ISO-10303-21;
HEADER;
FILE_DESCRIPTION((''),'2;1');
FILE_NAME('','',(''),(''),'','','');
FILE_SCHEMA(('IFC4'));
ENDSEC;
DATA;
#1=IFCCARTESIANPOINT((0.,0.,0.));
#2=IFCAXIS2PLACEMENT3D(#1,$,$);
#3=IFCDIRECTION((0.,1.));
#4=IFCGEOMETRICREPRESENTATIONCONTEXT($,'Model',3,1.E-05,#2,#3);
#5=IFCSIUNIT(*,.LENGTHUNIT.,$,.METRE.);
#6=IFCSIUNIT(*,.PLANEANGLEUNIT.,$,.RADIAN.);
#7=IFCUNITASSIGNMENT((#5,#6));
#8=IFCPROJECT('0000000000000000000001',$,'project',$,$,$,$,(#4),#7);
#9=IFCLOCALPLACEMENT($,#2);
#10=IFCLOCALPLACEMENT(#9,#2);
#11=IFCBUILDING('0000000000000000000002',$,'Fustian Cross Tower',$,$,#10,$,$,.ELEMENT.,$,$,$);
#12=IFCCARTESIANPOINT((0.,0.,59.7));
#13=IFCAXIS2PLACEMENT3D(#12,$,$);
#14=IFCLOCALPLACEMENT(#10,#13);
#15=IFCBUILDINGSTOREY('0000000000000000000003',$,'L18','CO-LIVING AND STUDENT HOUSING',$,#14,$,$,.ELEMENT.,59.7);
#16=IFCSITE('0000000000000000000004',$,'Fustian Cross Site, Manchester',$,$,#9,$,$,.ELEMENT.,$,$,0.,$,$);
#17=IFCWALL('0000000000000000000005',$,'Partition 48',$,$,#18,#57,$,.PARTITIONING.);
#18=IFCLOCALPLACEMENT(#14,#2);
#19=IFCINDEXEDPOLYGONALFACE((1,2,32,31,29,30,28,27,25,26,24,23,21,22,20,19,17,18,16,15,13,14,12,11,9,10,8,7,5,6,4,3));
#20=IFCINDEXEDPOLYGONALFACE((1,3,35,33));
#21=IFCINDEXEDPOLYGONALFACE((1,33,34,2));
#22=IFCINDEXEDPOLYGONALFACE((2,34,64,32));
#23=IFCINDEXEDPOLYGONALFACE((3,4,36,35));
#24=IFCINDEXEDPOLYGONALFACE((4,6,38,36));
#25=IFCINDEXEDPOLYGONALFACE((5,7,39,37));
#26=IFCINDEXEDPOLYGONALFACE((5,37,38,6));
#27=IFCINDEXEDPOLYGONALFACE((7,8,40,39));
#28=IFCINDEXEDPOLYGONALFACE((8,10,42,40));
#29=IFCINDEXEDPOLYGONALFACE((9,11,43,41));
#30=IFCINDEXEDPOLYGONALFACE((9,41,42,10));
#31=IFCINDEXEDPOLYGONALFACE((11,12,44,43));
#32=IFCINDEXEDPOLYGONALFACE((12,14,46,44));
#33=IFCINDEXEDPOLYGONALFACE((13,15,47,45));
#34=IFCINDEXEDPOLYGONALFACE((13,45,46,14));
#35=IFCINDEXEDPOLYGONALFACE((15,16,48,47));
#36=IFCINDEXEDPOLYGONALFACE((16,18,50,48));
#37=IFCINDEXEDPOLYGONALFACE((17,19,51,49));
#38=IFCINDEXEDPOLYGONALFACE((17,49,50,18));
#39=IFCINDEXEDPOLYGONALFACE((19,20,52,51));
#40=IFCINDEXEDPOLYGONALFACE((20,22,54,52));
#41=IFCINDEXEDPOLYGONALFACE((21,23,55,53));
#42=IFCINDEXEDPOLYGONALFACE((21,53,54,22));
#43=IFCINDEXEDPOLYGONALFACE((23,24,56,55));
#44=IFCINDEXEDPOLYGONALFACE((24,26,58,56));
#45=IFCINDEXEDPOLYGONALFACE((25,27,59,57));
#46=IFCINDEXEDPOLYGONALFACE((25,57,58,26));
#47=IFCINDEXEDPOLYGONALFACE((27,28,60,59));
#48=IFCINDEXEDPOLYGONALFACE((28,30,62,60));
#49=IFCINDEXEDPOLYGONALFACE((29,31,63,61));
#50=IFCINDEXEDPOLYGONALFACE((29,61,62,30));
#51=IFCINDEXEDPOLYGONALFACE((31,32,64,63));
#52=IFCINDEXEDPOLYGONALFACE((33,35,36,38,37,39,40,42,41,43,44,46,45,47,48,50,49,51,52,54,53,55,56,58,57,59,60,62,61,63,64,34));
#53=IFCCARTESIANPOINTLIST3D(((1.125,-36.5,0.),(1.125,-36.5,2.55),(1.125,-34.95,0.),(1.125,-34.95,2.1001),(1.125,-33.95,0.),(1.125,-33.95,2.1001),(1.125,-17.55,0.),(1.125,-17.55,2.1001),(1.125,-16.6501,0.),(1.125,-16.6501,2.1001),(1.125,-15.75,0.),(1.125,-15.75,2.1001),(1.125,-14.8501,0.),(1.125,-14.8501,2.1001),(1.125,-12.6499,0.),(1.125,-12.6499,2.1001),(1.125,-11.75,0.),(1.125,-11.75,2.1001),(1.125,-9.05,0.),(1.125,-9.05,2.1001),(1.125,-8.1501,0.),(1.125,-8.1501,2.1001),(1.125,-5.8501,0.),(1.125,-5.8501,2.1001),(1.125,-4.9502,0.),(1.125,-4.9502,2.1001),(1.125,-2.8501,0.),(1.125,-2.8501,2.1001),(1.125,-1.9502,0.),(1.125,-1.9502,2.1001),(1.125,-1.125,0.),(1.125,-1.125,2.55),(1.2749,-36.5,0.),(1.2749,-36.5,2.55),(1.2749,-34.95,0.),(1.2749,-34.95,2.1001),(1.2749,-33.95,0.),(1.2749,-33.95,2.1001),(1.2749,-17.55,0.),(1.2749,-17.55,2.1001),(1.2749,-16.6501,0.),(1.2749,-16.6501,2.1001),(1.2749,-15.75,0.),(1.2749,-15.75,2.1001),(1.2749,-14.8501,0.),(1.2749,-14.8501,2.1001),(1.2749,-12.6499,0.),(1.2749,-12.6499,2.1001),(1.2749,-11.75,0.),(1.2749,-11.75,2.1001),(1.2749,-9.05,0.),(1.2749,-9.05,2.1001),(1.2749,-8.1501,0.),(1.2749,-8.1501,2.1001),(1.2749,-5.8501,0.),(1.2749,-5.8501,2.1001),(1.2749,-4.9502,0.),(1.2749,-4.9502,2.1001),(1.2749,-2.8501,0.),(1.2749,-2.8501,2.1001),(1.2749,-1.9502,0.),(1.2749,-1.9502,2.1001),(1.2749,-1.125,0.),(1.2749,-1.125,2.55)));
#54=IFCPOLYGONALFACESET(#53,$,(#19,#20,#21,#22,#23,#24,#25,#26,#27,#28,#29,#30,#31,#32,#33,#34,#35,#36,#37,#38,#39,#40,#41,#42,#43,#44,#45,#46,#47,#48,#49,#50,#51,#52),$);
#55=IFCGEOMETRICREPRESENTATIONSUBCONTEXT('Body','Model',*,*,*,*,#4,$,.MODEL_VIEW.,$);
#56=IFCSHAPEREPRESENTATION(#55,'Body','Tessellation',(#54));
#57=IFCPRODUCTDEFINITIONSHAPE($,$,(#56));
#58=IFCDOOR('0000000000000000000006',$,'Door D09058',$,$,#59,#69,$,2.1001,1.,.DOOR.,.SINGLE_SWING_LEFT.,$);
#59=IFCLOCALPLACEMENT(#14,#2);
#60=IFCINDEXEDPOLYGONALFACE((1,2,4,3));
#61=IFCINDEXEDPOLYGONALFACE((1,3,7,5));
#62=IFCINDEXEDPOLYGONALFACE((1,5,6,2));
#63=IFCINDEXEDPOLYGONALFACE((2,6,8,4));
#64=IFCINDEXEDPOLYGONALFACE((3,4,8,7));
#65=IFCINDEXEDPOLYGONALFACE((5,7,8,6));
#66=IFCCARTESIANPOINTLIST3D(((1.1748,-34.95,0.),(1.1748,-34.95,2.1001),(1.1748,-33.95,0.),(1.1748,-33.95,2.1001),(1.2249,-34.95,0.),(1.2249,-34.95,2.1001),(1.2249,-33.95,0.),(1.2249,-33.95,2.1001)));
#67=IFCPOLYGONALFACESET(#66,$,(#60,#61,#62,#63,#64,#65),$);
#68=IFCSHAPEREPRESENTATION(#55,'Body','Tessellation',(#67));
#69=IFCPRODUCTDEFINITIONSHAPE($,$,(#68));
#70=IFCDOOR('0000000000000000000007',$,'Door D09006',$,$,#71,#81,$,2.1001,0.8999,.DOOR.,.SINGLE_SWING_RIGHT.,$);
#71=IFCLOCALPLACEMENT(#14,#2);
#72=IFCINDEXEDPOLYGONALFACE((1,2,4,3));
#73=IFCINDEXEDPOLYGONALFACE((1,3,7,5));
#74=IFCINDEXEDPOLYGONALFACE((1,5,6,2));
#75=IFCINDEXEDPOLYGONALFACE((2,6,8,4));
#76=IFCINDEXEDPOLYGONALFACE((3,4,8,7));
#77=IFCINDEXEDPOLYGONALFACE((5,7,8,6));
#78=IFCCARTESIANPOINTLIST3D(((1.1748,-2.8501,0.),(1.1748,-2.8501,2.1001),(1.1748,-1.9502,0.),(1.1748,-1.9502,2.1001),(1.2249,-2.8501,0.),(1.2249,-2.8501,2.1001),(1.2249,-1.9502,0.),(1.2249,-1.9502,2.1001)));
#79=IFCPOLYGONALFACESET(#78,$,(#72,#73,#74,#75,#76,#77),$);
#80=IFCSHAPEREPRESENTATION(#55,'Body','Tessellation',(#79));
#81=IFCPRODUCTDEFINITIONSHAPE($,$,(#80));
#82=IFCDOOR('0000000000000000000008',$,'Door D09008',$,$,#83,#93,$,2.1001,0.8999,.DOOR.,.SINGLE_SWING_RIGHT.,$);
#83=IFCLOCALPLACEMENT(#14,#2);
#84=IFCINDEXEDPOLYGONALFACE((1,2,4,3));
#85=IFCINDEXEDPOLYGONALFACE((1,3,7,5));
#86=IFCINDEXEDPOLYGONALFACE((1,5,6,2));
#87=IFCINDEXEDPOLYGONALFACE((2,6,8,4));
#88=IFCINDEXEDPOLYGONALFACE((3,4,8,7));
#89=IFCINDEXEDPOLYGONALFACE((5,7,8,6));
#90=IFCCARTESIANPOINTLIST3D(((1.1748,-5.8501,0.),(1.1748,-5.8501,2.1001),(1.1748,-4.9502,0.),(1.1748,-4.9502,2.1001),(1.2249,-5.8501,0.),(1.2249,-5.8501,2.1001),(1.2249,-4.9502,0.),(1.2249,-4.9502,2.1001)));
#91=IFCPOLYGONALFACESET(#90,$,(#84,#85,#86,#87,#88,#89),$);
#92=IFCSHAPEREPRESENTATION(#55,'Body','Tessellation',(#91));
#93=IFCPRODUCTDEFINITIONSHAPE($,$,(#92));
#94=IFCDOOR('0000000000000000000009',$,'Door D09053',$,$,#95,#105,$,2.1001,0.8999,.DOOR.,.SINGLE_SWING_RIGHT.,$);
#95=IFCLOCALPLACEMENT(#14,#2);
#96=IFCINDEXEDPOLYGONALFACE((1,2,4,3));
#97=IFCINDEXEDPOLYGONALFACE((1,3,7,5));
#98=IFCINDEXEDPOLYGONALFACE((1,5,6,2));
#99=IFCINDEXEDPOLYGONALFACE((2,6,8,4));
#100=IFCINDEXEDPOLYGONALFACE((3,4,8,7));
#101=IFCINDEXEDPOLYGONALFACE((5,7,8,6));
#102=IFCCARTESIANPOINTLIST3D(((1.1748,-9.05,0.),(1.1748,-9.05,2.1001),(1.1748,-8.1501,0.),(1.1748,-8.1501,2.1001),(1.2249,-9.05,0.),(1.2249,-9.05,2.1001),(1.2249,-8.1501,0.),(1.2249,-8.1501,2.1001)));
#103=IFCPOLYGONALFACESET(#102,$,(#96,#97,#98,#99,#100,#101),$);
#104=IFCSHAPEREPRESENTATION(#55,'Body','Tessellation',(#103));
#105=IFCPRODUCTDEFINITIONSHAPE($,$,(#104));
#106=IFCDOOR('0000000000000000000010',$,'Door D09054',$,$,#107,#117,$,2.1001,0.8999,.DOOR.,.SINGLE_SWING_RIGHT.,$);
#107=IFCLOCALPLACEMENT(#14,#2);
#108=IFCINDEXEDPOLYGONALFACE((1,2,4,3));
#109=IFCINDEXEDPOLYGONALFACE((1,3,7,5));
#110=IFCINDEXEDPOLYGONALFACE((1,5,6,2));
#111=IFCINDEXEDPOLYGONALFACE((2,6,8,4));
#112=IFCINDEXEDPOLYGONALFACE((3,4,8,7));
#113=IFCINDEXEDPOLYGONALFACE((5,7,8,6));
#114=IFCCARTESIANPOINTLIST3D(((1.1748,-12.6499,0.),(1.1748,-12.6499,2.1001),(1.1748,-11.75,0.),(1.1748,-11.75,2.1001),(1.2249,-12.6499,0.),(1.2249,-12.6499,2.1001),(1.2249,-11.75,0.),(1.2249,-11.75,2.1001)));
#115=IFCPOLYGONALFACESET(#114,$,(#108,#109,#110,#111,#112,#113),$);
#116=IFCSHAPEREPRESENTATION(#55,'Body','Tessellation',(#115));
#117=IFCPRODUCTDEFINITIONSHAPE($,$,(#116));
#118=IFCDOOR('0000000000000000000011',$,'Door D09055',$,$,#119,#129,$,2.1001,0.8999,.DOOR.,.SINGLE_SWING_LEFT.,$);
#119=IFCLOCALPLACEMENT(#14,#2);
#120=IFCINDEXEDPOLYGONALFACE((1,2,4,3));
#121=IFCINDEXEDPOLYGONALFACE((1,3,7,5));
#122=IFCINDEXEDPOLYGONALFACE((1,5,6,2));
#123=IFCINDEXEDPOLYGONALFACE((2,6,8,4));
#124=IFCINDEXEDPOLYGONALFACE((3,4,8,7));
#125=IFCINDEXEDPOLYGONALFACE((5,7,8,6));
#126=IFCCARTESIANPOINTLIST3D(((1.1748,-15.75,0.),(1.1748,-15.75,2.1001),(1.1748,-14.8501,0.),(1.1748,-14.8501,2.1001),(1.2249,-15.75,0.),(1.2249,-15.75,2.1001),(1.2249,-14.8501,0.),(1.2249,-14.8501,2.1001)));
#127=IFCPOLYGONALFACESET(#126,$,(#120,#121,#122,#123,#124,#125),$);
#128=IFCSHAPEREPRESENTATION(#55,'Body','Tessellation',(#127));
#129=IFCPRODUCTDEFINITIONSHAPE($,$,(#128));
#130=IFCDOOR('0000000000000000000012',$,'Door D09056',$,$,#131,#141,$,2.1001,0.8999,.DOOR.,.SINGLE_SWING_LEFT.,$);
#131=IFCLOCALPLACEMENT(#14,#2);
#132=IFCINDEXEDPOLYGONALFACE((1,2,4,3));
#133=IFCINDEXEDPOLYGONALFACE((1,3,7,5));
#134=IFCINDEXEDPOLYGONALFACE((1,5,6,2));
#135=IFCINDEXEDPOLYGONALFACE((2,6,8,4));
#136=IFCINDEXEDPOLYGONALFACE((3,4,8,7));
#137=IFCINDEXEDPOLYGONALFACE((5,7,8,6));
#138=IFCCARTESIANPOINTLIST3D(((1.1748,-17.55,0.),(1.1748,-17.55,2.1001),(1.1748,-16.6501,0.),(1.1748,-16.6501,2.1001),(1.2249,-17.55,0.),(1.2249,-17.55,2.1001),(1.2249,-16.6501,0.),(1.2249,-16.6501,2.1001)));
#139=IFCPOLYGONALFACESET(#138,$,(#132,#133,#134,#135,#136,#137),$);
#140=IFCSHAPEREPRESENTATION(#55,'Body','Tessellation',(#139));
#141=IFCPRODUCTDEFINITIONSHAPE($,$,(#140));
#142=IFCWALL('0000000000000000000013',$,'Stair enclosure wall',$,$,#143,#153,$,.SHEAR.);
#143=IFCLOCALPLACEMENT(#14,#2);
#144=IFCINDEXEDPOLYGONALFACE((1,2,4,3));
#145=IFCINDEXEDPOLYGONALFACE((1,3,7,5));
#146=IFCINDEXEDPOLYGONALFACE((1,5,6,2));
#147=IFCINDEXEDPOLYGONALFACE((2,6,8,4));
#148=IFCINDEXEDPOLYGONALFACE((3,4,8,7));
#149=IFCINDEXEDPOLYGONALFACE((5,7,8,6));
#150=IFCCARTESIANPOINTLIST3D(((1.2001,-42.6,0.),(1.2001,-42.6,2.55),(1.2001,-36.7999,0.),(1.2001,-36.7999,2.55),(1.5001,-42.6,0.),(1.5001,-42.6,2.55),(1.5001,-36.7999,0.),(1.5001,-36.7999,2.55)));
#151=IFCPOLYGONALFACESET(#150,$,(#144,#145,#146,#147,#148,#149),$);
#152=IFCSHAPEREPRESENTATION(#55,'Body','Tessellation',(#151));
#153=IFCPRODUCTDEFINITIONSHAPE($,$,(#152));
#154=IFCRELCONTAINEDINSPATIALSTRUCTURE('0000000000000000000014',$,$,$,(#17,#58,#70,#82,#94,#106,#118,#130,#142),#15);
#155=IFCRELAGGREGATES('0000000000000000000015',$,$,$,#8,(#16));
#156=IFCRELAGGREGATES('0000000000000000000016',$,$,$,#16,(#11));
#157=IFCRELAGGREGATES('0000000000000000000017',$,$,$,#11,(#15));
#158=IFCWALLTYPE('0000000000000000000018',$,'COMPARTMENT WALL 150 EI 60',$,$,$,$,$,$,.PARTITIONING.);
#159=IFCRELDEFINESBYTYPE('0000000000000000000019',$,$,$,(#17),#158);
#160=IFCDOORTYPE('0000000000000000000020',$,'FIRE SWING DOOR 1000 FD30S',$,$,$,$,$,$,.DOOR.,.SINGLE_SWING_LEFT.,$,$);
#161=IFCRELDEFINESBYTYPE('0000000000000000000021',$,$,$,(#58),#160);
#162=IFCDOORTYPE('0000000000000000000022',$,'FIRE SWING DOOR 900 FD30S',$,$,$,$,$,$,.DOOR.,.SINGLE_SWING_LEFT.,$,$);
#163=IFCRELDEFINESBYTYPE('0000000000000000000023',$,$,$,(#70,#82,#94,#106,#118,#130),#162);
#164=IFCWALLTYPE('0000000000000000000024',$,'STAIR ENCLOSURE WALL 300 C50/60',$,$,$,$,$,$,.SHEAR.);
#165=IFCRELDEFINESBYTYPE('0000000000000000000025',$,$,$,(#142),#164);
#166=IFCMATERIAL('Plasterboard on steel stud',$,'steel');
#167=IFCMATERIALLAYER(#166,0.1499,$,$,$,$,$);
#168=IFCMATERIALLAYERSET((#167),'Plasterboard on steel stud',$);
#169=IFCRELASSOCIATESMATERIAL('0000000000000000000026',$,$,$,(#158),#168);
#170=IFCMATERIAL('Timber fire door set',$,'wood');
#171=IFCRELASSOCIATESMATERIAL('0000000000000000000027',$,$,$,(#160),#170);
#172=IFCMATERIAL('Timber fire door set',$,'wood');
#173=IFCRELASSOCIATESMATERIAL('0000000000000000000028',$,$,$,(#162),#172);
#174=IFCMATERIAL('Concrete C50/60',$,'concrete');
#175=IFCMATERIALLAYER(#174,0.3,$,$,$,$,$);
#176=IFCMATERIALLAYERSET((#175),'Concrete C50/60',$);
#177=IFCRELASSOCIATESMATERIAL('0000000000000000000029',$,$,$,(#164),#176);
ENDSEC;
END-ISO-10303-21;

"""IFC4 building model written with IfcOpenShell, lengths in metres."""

from ifc_helpers import new_model, si_unit, direction, frame, frame_2d, origin, place, context, subcontext, project, spatial, rectangle, extrude, material, layer, layer_set, type_object, element, fill, save


model = new_model("IFC4")

# Units and contexts
model_context = context("Model", 3, precision=1e-05, world=origin(), true_north=direction((0.0, 1.0)))
body_context = subcontext(model_context, "Body", "Model", "MODEL_VIEW")
ifc_project = project(units=[si_unit("LENGTHUNIT", "METRE"), si_unit("PLANEANGLEUNIT", "RADIAN")], contexts=[model_context])

# Site, building, storey
site_placement = place(None, origin())
site = spatial("IfcSite", under=ifc_project, at=site_placement, Name="Fustian Cross Site, Manchester", CompositionType="ELEMENT", RefElevation=0.0)
building_placement = place(site_placement, origin())
building = spatial("IfcBuilding", under=site, at=building_placement, Name="Fustian Cross Tower", CompositionType="ELEMENT")
storey_placement = place(building_placement, frame((0.0, 0.0, 59.7)))
storey = spatial("IfcBuildingStorey", under=building, at=storey_placement, Name="L18", Description="CO-LIVING AND STUDENT HOUSING", CompositionType="ELEMENT", Elevation=59.7)

# Wall, openings, doors
ifc_material_1 = material(Name="Plasterboard on steel stud", Category="steel")
ifc_layer_1 = layer(ifc_material_1, 0.1499)
ifc_layer_set_1 = layer_set([ifc_layer_1], Name="Plasterboard on steel stud")
wall_type_1 = type_object("IfcWallType", Name="COMPARTMENT WALL 150 EI 60", PredefinedType="PARTITIONING", material=ifc_layer_set_1)
wall_1_placement = place(storey_placement, frame((1.2, -36.5, 0.0), z_axis=(0.0, 0.0, 1.0), x_axis=(0.0, 1.0, 0.0)))
wall_1 = element("IfcWall", 1, at=wall_1_placement, inside=storey, type_object=wall_type_1, Name="Partition 48", PredefinedType="PARTITIONING", context=body_context, shape_type="SweptSolid", body=[
    extrude(rectangle(XDim=35.375, YDim=0.1499, at=frame_2d((17.6875, 0.0))), origin(), (0.0, 0.0, 1.0), 2.55),
])
opening_1_placement = place(wall_1_placement, frame((33.6499, 0.0, 0.0)))
opening_1 = element("IfcOpeningElement", 2, at=opening_1_placement, cuts=wall_1, PredefinedType="OPENING", context=body_context, shape_type="SweptSolid", body=[
    extrude(rectangle(XDim=0.8999, YDim=2.1001, at=frame_2d((0.45, 1.05))), frame((0.0, 0.085, 0.0), z_axis=(0.0, -1.0, 0.0), x_axis=(1.0, 0.0, 0.0)), (0.0, 0.0, 1.0), 0.1699),
])
opening_2_placement = place(wall_1_placement, frame((30.6499, 0.0, 0.0)))
opening_2 = element("IfcOpeningElement", 3, at=opening_2_placement, cuts=wall_1, PredefinedType="OPENING", context=body_context, shape_type="SweptSolid", body=[
    extrude(rectangle(XDim=0.8999, YDim=2.1001, at=frame_2d((0.45, 1.05))), frame((0.0, 0.085, 0.0), z_axis=(0.0, -1.0, 0.0), x_axis=(1.0, 0.0, 0.0)), (0.0, 0.0, 1.0), 0.1699),
])
opening_3_placement = place(wall_1_placement, frame((27.45, 0.0, 0.0)))
opening_3 = element("IfcOpeningElement", 4, at=opening_3_placement, cuts=wall_1, PredefinedType="OPENING", context=body_context, shape_type="SweptSolid", body=[
    extrude(rectangle(XDim=0.8999, YDim=2.1001, at=frame_2d((0.45, 1.05))), frame((0.0, 0.085, 0.0), z_axis=(0.0, -1.0, 0.0), x_axis=(1.0, 0.0, 0.0)), (0.0, 0.0, 1.0), 0.1699),
])
opening_4_placement = place(wall_1_placement, frame((23.8501, 0.0, 0.0)))
opening_4 = element("IfcOpeningElement", 5, at=opening_4_placement, cuts=wall_1, PredefinedType="OPENING", context=body_context, shape_type="SweptSolid", body=[
    extrude(rectangle(XDim=0.8999, YDim=2.1001, at=frame_2d((0.45, 1.05))), frame((0.0, 0.085, 0.0), z_axis=(0.0, -1.0, 0.0), x_axis=(1.0, 0.0, 0.0)), (0.0, 0.0, 1.0), 0.1699),
])
opening_5_placement = place(wall_1_placement, frame((20.75, 0.0, 0.0)))
opening_5 = element("IfcOpeningElement", 6, at=opening_5_placement, cuts=wall_1, PredefinedType="OPENING", context=body_context, shape_type="SweptSolid", body=[
    extrude(rectangle(XDim=0.8999, YDim=2.1001, at=frame_2d((0.45, 1.05))), frame((0.0, 0.085, 0.0), z_axis=(0.0, -1.0, 0.0), x_axis=(1.0, 0.0, 0.0)), (0.0, 0.0, 1.0), 0.1699),
])
opening_6_placement = place(wall_1_placement, frame((18.95, 0.0, 0.0)))
opening_6 = element("IfcOpeningElement", 7, at=opening_6_placement, cuts=wall_1, PredefinedType="OPENING", context=body_context, shape_type="SweptSolid", body=[
    extrude(rectangle(XDim=0.8999, YDim=2.1001, at=frame_2d((0.45, 1.05))), frame((0.0, 0.085, 0.0), z_axis=(0.0, -1.0, 0.0), x_axis=(1.0, 0.0, 0.0)), (0.0, 0.0, 1.0), 0.1699),
])
opening_7_placement = place(wall_1_placement, frame((1.55, 0.0, 0.0)))
opening_7 = element("IfcOpeningElement", 8, at=opening_7_placement, cuts=wall_1, PredefinedType="OPENING", context=body_context, shape_type="SweptSolid", body=[
    extrude(rectangle(XDim=1.0, YDim=2.1001, at=frame_2d((0.5, 1.05))), frame((0.0, 0.085, 0.0), z_axis=(0.0, -1.0, 0.0), x_axis=(1.0, 0.0, 0.0)), (0.0, 0.0, 1.0), 0.1699),
])
ifc_material_2 = material(Name="Timber fire door set", Category="wood")
door_type_1 = type_object("IfcDoorType", Name="FIRE SWING DOOR 1000 FD30S", OperationType="SINGLE_SWING_LEFT", PredefinedType="DOOR", material=ifc_material_2)
door_1_placement = place(opening_7_placement, frame((1.0, 0.0, 0.0), z_axis=(0.0, 0.0, 1.0), x_axis=(-1.0, 0.0, 0.0)))
door_1 = element("IfcDoor", 9, at=door_1_placement, inside=storey, type_object=door_type_1, Name="Door D09058", OperationType="SINGLE_SWING_LEFT", OverallHeight=2.1001, OverallWidth=1.0, PredefinedType="DOOR", context=body_context, shape_type="SweptSolid", body=[
    extrude(rectangle(XDim=1.0, YDim=2.1001, at=frame_2d((0.5, 1.05))), frame((0.0, 0.0249, 0.0), z_axis=(0.0, -1.0, 0.0), x_axis=(1.0, 0.0, 0.0)), (0.0, 0.0, 1.0), 0.05),
])
fill(opening_7, door_1)
ifc_material_3 = material(Name="Timber fire door set", Category="wood")
door_type_2 = type_object("IfcDoorType", Name="FIRE SWING DOOR 900 FD30S", OperationType="SINGLE_SWING_LEFT", PredefinedType="DOOR", material=ifc_material_3)
door_2_placement = place(opening_1_placement, frame((0.8999, 0.0, 0.0), z_axis=(0.0, 0.0, 1.0), x_axis=(-1.0, 0.0, 0.0)))
door_2 = element("IfcDoor", 10, at=door_2_placement, inside=storey, type_object=door_type_2, Name="Door D09006", OperationType="SINGLE_SWING_RIGHT", OverallHeight=2.1001, OverallWidth=0.8999, PredefinedType="DOOR", context=body_context, shape_type="SweptSolid", body=[
    extrude(rectangle(XDim=0.8999, YDim=2.1001, at=frame_2d((0.45, 1.05))), frame((0.0, 0.0249, 0.0), z_axis=(0.0, -1.0, 0.0), x_axis=(1.0, 0.0, 0.0)), (0.0, 0.0, 1.0), 0.05),
])
fill(opening_1, door_2)
door_3_placement = place(opening_2_placement, frame((0.8999, 0.0, 0.0), z_axis=(0.0, 0.0, 1.0), x_axis=(-1.0, 0.0, 0.0)))
door_3 = element("IfcDoor", 11, at=door_3_placement, inside=storey, type_object=door_type_2, Name="Door D09008", OperationType="SINGLE_SWING_RIGHT", OverallHeight=2.1001, OverallWidth=0.8999, PredefinedType="DOOR", context=body_context, shape_type="SweptSolid", body=[
    extrude(rectangle(XDim=0.8999, YDim=2.1001, at=frame_2d((0.45, 1.05))), frame((0.0, 0.0249, 0.0), z_axis=(0.0, -1.0, 0.0), x_axis=(1.0, 0.0, 0.0)), (0.0, 0.0, 1.0), 0.05),
])
fill(opening_2, door_3)
door_4_placement = place(opening_3_placement, frame((0.8999, 0.0, 0.0), z_axis=(0.0, 0.0, 1.0), x_axis=(-1.0, 0.0, 0.0)))
door_4 = element("IfcDoor", 12, at=door_4_placement, inside=storey, type_object=door_type_2, Name="Door D09053", OperationType="SINGLE_SWING_RIGHT", OverallHeight=2.1001, OverallWidth=0.8999, PredefinedType="DOOR", context=body_context, shape_type="SweptSolid", body=[
    extrude(rectangle(XDim=0.8999, YDim=2.1001, at=frame_2d((0.45, 1.05))), frame((0.0, 0.0249, 0.0), z_axis=(0.0, -1.0, 0.0), x_axis=(1.0, 0.0, 0.0)), (0.0, 0.0, 1.0), 0.05),
])
fill(opening_3, door_4)
door_5_placement = place(opening_4_placement, frame((0.8999, 0.0, 0.0), z_axis=(0.0, 0.0, 1.0), x_axis=(-1.0, 0.0, 0.0)))
door_5 = element("IfcDoor", 13, at=door_5_placement, inside=storey, type_object=door_type_2, Name="Door D09054", OperationType="SINGLE_SWING_RIGHT", OverallHeight=2.1001, OverallWidth=0.8999, PredefinedType="DOOR", context=body_context, shape_type="SweptSolid", body=[
    extrude(rectangle(XDim=0.8999, YDim=2.1001, at=frame_2d((0.45, 1.05))), frame((0.0, 0.0249, 0.0), z_axis=(0.0, -1.0, 0.0), x_axis=(1.0, 0.0, 0.0)), (0.0, 0.0, 1.0), 0.05),
])
fill(opening_4, door_5)
door_6_placement = place(opening_5_placement, frame((0.8999, 0.0, 0.0), z_axis=(0.0, 0.0, 1.0), x_axis=(-1.0, 0.0, 0.0)))
door_6 = element("IfcDoor", 14, at=door_6_placement, inside=storey, type_object=door_type_2, Name="Door D09055", OperationType="SINGLE_SWING_LEFT", OverallHeight=2.1001, OverallWidth=0.8999, PredefinedType="DOOR", context=body_context, shape_type="SweptSolid", body=[
    extrude(rectangle(XDim=0.8999, YDim=2.1001, at=frame_2d((0.45, 1.05))), frame((0.0, 0.0249, 0.0), z_axis=(0.0, -1.0, 0.0), x_axis=(1.0, 0.0, 0.0)), (0.0, 0.0, 1.0), 0.05),
])
fill(opening_5, door_6)
door_7_placement = place(opening_6_placement, frame((0.8999, 0.0, 0.0), z_axis=(0.0, 0.0, 1.0), x_axis=(-1.0, 0.0, 0.0)))
door_7 = element("IfcDoor", 15, at=door_7_placement, inside=storey, type_object=door_type_2, Name="Door D09056", OperationType="SINGLE_SWING_LEFT", OverallHeight=2.1001, OverallWidth=0.8999, PredefinedType="DOOR", context=body_context, shape_type="SweptSolid", body=[
    extrude(rectangle(XDim=0.8999, YDim=2.1001, at=frame_2d((0.45, 1.05))), frame((0.0, 0.0249, 0.0), z_axis=(0.0, -1.0, 0.0), x_axis=(1.0, 0.0, 0.0)), (0.0, 0.0, 1.0), 0.05),
])
fill(opening_6, door_7)

# Wall
ifc_material_4 = material(Name="Concrete C50/60", Category="concrete")
ifc_layer_2 = layer(ifc_material_4, 0.3)
ifc_layer_set_2 = layer_set([ifc_layer_2], Name="Concrete C50/60")
wall_type_2 = type_object("IfcWallType", Name="STAIR ENCLOSURE WALL 300 C50/60", PredefinedType="SHEAR", material=ifc_layer_set_2)
wall_2_placement = place(storey_placement, frame((1.3501, -36.8, 0.0), z_axis=(0.0, 0.0, 1.0), x_axis=(0.0, -1.0, 0.0)))
element("IfcWall", 16, at=wall_2_placement, inside=storey, type_object=wall_type_2, Name="Stair enclosure wall", PredefinedType="SHEAR", context=body_context, shape_type="SweptSolid", body=[
    extrude(rectangle(XDim=5.8, YDim=0.3, at=frame_2d((2.8999, 0.0))), origin(), (0.0, 0.0, 1.0), 2.55),
])

save(model, "model.ifc")
